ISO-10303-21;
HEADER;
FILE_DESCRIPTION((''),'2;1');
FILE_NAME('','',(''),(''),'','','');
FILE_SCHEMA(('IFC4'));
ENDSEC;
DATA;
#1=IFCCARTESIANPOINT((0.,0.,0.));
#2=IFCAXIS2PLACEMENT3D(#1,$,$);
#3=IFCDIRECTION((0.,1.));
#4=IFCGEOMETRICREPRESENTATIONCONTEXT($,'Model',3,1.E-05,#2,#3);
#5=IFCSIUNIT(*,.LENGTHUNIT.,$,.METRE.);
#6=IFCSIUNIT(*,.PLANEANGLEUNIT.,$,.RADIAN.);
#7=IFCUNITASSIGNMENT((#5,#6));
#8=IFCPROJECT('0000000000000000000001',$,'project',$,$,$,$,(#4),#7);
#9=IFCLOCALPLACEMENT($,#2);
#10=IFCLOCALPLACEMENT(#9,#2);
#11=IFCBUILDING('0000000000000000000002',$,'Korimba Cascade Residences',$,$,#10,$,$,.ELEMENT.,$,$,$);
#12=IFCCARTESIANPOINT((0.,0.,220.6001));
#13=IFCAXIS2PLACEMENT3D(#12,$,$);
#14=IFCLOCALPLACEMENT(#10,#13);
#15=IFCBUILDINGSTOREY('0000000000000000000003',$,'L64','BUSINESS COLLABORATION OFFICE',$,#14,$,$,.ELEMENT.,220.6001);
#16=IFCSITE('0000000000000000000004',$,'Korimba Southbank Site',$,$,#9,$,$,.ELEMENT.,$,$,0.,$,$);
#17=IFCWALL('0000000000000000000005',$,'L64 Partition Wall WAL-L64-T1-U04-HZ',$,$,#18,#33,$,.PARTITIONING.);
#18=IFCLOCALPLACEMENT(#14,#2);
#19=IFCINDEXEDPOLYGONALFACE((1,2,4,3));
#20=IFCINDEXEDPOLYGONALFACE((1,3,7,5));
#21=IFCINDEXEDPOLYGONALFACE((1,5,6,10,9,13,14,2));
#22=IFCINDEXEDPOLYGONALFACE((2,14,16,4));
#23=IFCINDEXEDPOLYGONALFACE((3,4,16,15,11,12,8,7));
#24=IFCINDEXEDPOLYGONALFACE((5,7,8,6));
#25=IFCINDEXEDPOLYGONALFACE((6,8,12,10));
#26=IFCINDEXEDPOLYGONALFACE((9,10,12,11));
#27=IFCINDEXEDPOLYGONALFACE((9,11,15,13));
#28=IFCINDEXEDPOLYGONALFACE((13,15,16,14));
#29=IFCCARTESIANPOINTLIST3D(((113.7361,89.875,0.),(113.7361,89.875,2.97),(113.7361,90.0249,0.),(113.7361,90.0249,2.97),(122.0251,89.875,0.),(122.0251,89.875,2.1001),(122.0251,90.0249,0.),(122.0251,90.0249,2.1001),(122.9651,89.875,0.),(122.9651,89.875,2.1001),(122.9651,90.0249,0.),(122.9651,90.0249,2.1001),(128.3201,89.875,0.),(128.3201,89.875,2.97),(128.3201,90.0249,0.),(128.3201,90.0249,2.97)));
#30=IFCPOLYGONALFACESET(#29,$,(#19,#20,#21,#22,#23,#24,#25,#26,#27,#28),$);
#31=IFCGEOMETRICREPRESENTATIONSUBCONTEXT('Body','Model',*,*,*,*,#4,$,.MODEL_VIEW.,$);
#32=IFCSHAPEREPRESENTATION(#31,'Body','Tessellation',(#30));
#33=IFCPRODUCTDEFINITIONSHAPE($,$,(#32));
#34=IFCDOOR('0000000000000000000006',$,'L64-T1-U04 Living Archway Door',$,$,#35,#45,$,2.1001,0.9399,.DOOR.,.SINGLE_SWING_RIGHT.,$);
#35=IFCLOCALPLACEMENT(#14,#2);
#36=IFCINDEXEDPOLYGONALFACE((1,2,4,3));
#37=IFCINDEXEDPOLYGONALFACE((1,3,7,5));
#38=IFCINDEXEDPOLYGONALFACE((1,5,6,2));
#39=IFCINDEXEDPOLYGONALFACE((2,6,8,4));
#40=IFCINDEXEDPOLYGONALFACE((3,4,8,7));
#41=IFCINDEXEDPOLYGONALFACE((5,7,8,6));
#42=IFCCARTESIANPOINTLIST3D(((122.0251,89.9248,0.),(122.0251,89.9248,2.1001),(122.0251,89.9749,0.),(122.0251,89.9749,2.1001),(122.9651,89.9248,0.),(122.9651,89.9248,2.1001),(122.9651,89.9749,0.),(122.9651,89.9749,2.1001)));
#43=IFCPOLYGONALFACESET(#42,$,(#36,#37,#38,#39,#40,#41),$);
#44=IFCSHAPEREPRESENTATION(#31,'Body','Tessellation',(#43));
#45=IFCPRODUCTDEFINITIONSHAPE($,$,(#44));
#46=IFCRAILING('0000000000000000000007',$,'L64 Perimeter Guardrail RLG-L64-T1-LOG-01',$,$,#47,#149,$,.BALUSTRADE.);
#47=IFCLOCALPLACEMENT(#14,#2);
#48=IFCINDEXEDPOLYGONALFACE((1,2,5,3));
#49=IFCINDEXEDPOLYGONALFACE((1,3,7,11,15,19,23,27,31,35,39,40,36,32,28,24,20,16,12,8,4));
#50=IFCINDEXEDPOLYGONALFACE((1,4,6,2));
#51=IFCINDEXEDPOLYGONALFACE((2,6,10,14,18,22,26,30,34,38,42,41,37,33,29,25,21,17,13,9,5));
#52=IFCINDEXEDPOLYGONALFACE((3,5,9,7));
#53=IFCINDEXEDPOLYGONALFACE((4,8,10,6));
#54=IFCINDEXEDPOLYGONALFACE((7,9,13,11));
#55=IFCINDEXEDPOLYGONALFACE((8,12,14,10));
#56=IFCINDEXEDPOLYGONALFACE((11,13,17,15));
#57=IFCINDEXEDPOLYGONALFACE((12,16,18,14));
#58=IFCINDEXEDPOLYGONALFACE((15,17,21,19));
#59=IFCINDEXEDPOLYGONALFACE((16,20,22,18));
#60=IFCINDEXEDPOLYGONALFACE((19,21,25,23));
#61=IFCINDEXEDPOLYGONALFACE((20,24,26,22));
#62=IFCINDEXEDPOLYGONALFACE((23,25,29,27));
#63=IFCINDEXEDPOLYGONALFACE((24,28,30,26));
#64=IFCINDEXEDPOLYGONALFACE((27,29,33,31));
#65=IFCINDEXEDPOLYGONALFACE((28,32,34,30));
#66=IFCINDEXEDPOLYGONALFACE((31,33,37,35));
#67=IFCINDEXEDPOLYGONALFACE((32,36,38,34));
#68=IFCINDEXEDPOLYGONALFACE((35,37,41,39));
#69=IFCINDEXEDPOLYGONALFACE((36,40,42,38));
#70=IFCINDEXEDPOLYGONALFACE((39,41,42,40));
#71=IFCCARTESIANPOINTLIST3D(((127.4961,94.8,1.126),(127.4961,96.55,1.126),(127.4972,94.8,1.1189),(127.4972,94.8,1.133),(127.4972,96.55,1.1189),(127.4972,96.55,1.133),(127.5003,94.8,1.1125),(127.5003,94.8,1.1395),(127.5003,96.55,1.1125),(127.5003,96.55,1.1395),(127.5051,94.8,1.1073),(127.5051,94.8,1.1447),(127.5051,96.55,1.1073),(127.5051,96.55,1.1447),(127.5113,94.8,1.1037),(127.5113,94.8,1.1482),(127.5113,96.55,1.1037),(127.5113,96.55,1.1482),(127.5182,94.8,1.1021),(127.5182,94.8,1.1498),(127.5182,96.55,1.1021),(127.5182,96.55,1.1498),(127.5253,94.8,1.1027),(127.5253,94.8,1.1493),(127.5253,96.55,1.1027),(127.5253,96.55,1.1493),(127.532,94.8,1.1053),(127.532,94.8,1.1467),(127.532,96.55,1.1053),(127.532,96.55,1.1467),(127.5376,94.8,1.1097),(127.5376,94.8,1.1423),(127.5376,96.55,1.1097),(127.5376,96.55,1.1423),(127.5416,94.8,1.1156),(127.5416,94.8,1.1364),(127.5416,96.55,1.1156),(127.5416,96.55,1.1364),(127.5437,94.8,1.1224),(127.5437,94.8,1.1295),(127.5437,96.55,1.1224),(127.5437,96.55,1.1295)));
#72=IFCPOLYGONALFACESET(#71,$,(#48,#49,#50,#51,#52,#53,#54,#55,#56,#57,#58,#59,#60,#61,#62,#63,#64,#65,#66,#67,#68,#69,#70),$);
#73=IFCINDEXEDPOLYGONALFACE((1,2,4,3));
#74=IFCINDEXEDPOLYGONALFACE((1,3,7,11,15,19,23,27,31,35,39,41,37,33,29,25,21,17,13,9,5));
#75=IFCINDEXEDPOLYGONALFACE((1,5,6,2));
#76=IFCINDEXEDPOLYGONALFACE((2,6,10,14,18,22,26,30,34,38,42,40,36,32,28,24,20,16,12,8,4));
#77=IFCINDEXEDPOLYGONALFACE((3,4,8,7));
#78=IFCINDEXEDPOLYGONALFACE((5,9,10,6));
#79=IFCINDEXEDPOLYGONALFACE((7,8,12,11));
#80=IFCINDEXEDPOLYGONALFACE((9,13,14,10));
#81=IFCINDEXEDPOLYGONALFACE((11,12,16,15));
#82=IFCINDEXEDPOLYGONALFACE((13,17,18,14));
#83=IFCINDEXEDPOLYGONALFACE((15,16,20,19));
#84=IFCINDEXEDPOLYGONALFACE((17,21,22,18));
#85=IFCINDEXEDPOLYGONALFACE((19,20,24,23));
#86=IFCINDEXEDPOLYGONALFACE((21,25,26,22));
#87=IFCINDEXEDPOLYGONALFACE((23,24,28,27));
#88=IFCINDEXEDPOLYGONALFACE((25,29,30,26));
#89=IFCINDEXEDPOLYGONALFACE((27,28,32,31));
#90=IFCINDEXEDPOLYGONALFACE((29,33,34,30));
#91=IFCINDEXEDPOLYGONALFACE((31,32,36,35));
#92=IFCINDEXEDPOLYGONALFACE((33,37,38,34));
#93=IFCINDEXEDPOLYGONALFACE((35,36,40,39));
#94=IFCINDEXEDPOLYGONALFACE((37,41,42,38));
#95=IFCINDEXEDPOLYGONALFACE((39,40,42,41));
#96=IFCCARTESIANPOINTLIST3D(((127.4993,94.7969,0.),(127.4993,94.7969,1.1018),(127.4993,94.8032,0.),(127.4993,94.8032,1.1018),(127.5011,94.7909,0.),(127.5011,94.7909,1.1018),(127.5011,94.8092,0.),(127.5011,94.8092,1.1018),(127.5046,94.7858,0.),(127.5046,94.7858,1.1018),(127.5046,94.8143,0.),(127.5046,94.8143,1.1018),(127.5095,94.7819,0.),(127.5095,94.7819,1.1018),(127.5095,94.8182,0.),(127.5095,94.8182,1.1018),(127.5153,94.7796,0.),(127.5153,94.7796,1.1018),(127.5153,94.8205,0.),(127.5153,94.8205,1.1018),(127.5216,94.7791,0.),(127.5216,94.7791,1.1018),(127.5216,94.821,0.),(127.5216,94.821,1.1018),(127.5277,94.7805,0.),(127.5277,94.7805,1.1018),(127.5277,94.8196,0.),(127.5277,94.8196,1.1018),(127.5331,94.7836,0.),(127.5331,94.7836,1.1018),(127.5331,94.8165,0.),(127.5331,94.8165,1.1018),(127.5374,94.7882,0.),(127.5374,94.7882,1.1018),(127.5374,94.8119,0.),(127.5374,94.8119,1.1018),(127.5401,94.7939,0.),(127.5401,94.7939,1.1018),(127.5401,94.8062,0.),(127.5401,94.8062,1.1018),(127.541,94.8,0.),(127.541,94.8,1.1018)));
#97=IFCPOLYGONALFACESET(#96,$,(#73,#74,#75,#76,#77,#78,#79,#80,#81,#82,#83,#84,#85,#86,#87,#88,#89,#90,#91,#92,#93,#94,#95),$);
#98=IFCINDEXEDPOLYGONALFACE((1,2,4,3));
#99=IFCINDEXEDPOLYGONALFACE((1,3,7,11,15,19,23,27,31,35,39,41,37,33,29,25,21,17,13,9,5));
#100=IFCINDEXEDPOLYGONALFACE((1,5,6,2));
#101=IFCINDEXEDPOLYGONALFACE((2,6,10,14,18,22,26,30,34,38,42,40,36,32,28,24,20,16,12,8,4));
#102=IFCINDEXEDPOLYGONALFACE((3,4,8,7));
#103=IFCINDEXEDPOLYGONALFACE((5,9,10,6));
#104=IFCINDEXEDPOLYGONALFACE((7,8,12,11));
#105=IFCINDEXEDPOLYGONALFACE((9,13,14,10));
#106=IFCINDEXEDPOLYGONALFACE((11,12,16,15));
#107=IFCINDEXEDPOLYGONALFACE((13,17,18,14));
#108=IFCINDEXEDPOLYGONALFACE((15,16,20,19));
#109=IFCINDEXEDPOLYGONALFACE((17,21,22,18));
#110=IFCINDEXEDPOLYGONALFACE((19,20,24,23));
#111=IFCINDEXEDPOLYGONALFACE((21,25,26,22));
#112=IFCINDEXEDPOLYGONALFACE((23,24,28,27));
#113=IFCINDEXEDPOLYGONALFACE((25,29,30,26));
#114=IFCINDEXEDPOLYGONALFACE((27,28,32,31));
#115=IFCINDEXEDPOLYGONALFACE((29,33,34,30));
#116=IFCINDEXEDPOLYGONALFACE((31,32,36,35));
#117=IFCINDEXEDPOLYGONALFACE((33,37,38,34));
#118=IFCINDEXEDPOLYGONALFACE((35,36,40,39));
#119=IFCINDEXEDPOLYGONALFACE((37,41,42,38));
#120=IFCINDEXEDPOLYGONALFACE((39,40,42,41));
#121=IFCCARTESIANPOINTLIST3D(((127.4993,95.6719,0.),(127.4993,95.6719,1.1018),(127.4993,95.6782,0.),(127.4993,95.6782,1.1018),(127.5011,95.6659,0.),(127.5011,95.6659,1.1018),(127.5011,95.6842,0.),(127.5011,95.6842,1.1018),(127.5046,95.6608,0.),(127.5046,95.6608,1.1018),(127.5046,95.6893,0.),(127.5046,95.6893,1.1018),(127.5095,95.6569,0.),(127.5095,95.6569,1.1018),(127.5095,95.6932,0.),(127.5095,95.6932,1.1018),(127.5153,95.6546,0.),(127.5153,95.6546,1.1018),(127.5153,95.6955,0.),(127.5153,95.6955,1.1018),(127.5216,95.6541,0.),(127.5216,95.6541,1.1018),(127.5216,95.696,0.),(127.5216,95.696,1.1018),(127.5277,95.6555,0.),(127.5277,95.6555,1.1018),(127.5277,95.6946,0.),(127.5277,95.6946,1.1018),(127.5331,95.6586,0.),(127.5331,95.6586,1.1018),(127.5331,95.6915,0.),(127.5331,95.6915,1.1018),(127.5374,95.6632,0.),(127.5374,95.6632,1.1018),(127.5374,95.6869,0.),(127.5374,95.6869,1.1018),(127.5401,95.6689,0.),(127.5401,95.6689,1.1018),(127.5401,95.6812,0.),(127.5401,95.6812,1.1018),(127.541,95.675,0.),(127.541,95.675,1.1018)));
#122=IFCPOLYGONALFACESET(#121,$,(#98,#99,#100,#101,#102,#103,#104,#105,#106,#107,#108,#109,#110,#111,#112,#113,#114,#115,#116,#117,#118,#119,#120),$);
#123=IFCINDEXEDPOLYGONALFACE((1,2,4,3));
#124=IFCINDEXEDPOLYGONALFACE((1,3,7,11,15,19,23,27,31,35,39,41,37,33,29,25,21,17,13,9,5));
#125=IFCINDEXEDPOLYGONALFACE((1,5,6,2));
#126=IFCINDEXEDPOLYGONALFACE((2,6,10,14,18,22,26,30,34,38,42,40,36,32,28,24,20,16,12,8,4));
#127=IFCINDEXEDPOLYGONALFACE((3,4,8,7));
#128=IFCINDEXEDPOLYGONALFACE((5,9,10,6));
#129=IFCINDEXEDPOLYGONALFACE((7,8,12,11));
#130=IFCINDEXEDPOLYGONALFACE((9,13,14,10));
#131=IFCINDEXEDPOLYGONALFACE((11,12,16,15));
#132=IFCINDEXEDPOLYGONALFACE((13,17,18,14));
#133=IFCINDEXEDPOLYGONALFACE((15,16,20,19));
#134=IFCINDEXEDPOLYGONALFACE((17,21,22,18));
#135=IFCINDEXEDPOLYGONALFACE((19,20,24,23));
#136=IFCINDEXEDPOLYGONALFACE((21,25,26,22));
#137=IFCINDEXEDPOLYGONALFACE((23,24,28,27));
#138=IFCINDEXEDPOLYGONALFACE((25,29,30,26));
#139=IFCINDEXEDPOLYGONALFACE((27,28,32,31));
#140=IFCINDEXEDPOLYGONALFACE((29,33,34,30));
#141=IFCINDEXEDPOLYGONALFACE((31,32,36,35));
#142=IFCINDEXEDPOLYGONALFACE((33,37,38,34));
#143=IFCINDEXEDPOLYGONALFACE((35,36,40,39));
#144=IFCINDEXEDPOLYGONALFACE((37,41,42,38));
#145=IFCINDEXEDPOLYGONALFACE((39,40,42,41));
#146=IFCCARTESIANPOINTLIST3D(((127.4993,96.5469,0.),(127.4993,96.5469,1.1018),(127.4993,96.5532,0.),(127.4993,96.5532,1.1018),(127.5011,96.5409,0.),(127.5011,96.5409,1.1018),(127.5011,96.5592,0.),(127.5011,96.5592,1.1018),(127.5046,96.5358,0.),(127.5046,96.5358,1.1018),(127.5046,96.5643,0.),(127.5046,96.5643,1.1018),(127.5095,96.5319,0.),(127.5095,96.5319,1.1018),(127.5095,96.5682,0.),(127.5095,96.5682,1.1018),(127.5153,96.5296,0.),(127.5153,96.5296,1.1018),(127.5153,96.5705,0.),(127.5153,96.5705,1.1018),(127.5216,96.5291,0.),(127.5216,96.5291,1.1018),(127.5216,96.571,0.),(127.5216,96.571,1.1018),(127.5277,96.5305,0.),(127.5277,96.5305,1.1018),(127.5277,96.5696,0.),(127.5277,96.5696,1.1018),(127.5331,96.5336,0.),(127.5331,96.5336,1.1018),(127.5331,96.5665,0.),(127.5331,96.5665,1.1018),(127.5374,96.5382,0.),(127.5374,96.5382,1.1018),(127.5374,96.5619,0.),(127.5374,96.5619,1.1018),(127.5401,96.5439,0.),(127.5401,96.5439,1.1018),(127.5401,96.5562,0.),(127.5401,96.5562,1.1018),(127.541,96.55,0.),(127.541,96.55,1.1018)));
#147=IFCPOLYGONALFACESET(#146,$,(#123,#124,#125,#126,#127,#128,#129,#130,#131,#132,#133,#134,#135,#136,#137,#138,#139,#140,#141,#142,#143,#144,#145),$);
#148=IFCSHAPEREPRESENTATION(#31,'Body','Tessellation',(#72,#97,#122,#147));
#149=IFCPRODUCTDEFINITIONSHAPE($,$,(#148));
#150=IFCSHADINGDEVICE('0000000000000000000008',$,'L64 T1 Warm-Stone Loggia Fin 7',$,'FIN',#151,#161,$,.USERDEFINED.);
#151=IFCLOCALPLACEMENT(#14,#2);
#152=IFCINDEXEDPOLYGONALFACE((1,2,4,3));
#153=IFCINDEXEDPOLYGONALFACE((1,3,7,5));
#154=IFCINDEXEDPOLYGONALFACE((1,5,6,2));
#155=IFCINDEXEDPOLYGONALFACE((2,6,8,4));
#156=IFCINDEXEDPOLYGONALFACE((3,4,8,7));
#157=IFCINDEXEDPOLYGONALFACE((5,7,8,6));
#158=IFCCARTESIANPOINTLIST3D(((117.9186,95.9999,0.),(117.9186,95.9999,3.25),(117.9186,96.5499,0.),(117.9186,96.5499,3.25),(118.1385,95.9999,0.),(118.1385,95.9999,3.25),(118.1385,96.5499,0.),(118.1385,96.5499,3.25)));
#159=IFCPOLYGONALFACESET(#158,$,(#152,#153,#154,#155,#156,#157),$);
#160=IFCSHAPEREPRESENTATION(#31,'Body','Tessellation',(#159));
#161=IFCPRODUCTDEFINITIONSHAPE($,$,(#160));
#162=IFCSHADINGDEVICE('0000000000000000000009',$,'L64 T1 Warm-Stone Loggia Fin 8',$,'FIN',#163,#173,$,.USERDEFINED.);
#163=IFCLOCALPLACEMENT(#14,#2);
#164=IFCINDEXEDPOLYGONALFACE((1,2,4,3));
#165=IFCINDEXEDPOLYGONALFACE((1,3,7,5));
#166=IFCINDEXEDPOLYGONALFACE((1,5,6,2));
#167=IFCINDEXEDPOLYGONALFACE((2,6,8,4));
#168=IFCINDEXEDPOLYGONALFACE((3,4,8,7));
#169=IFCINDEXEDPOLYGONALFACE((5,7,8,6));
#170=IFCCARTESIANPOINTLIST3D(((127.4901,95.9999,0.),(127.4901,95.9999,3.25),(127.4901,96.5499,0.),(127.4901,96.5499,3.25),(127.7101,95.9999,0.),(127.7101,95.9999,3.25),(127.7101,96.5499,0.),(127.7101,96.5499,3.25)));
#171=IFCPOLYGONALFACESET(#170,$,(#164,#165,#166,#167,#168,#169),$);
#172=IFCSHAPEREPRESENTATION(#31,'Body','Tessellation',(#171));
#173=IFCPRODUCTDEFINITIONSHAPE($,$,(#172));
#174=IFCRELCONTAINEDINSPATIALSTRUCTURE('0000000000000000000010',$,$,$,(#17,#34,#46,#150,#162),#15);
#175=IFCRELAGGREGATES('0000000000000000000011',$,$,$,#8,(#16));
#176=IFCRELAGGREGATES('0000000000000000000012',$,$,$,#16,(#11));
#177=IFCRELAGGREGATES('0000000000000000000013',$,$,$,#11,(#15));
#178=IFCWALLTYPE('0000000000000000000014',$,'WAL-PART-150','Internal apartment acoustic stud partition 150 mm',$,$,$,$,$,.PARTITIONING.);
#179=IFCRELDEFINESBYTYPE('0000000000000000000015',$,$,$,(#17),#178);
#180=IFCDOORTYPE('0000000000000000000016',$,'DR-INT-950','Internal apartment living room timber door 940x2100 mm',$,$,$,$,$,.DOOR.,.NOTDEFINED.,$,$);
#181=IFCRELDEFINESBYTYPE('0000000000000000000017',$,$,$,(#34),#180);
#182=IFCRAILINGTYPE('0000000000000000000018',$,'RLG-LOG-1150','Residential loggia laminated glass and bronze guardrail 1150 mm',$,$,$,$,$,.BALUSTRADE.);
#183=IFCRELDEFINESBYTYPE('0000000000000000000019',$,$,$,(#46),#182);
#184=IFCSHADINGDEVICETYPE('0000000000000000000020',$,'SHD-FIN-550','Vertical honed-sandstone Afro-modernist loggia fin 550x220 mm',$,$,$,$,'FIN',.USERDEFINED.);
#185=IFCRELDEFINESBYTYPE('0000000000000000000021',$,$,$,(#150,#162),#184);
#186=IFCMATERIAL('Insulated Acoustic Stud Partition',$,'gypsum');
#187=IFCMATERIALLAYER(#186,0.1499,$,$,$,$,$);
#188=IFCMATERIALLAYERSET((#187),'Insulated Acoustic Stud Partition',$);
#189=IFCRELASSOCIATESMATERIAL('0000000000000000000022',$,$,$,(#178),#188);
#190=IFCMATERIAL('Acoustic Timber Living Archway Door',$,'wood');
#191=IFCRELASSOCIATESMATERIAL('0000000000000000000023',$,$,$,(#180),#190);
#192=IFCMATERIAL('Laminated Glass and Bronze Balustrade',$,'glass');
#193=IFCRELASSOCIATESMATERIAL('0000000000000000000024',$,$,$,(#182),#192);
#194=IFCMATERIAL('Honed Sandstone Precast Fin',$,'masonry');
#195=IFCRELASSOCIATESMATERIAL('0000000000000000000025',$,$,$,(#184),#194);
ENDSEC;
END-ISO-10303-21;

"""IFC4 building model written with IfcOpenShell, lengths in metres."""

from ifc_helpers import new_model, si_unit, direction, frame, frame_2d, origin, origin_2d, place, context, subcontext, project, spatial, rectangle, circle, extrude, material, layer, layer_set, type_object, element, fill, save


model = new_model("IFC4")

# Units and contexts
model_context = context("Model", 3, precision=1e-05, world=origin(), true_north=direction((0.0, 1.0)))
body_context = subcontext(model_context, "Body", "Model", "MODEL_VIEW")
ifc_project = project(units=[si_unit("LENGTHUNIT", "METRE"), si_unit("PLANEANGLEUNIT", "RADIAN")], contexts=[model_context])

# Site, building, storey
site_placement = place(None, origin())
site = spatial("IfcSite", under=ifc_project, at=site_placement, Name="Korimba Southbank Site", CompositionType="ELEMENT", RefElevation=0.0)
building_placement = place(site_placement, origin())
building = spatial("IfcBuilding", under=site, at=building_placement, Name="Korimba Cascade Residences", CompositionType="ELEMENT")
storey_placement = place(building_placement, frame((0.0, 0.0, 220.6001)))
storey = spatial("IfcBuildingStorey", under=building, at=storey_placement, Name="L64", Description="BUSINESS COLLABORATION OFFICE", CompositionType="ELEMENT", Elevation=220.6001)

# Shared definitions
ifc_material_1 = material(Name="Insulated Acoustic Stud Partition", Category="gypsum")
ifc_layer_1 = layer(ifc_material_1, 0.1499)
ifc_layer_set_1 = layer_set([ifc_layer_1], Name="Insulated Acoustic Stud Partition")
wall_type_1 = type_object("IfcWallType", Name="WAL-PART-150", Description="Internal apartment acoustic stud partition 150 mm", PredefinedType="PARTITIONING", material=ifc_layer_set_1)

# Wall, opening, door
wall_1_placement = place(storey_placement, frame((113.7361, 89.95, 0.0), z_axis=(0.0, 0.0, 1.0), x_axis=(1.0, 0.0, 0.0)))
wall_1 = element("IfcWall", 1, at=wall_1_placement, inside=storey, type_object=wall_type_1, Name="L64 Partition Wall WAL-L64-T1-U04-HZ", PredefinedType="PARTITIONING", context=body_context, shape_type="SweptSolid", body=[
    extrude(rectangle(XDim=14.584, YDim=0.1499, at=frame_2d((7.292, 0.0))), origin(), (0.0, 0.0, 1.0), 2.97),
])
opening_1_placement = place(wall_1_placement, frame((8.2891, 0.0, 0.0)))
opening_1 = element("IfcOpeningElement", 2, at=opening_1_placement, cuts=wall_1, PredefinedType="OPENING", context=body_context, shape_type="SweptSolid", body=[
    extrude(rectangle(XDim=0.9399, YDim=2.1001, at=frame_2d((0.47, 1.05))), frame((0.0, 0.085, 0.0), z_axis=(0.0, -1.0, 0.0), x_axis=(1.0, 0.0, 0.0)), (0.0, 0.0, 1.0), 0.1699),
])
ifc_material_2 = material(Name="Acoustic Timber Living Archway Door", Category="wood")
door_type_1 = type_object("IfcDoorType", Name="DR-INT-950", Description="Internal apartment living room timber door 940x2100 mm", OperationType="NOTDEFINED", PredefinedType="DOOR", material=ifc_material_2)
door_1_placement = place(opening_1_placement, origin())
door_1 = element("IfcDoor", 3, at=door_1_placement, inside=storey, type_object=door_type_1, Name="L64-T1-U04 Living Archway Door", OperationType="SINGLE_SWING_RIGHT", OverallHeight=2.1001, OverallWidth=0.9399, PredefinedType="DOOR", context=body_context, shape_type="SweptSolid", body=[
    extrude(rectangle(XDim=0.9399, YDim=2.1001, at=frame_2d((0.47, 1.05))), frame((0.0, 0.0249, 0.0), z_axis=(0.0, -1.0, 0.0), x_axis=(1.0, 0.0, 0.0)), (0.0, 0.0, 1.0), 0.05),
])
fill(opening_1, door_1)

# Railing
ifc_material_3 = material(Name="Laminated Glass and Bronze Balustrade", Category="glass")
railing_type = type_object("IfcRailingType", Name="RLG-LOG-1150", Description="Residential loggia laminated glass and bronze guardrail 1150 mm", PredefinedType="BALUSTRADE", material=ifc_material_3)
railing_placement = place(storey_placement, frame((127.52, 94.8, 0.0)))
element("IfcRailing", 4, at=railing_placement, inside=storey, type_object=railing_type, Name="L64 Perimeter Guardrail RLG-L64-T1-LOG-01", PredefinedType="BALUSTRADE", context=body_context, shape_type="SweptSolid", body=[
    extrude(circle(Radius=0.0239, at=origin_2d()), frame((0.0, 0.0, 1.126), z_axis=(0.0, 1.0, 0.0), x_axis=(-1.0, 0.0, 0.0)), (0.0, 0.0, 1.0), 1.75),
    extrude(circle(Radius=0.021, at=origin_2d()), origin(), (0.0, 0.0, 1.0), 1.1018),
    extrude(circle(Radius=0.021, at=origin_2d()), frame((0.0, 0.875, 0.0)), (0.0, 0.0, 1.0), 1.1018),
    extrude(circle(Radius=0.021, at=origin_2d()), frame((0.0, 1.75, 0.0)), (0.0, 0.0, 1.0), 1.1018),
])

# Shading devices
ifc_material_4 = material(Name="Honed Sandstone Precast Fin", Category="masonry")
shading_device_type = type_object("IfcShadingDeviceType", Name="SHD-FIN-550", Description="Vertical honed-sandstone Afro-modernist loggia fin 550x220 mm", ElementType="FIN", PredefinedType="USERDEFINED", material=ifc_material_4)
for number, where, z_axis, x_axis, name in (
    (5, (118.0286, 96.2749, 0.0), (0.0, 0.0, 1.0), (1.0, 0.0, 0.0), "L64 T1 Warm-Stone Loggia Fin 7"),
    (6, (127.6001, 96.2749, 0.0), (0.0, 0.0, 1.0), (1.0, 0.0, 0.0), "L64 T1 Warm-Stone Loggia Fin 8"),
):
    element("IfcShadingDevice", number, at=place(storey_placement, frame(where, z_axis=z_axis, x_axis=x_axis)), inside=storey, type_object=shading_device_type, Name=name, ObjectType="FIN", PredefinedType="USERDEFINED", context=body_context, shape_type="SweptSolid", body=[
        extrude(rectangle(XDim=0.22, YDim=0.55, at=origin_2d()), origin(), (0.0, 0.0, 1.0), 3.25),
    ])

save(model, "model.ifc")
